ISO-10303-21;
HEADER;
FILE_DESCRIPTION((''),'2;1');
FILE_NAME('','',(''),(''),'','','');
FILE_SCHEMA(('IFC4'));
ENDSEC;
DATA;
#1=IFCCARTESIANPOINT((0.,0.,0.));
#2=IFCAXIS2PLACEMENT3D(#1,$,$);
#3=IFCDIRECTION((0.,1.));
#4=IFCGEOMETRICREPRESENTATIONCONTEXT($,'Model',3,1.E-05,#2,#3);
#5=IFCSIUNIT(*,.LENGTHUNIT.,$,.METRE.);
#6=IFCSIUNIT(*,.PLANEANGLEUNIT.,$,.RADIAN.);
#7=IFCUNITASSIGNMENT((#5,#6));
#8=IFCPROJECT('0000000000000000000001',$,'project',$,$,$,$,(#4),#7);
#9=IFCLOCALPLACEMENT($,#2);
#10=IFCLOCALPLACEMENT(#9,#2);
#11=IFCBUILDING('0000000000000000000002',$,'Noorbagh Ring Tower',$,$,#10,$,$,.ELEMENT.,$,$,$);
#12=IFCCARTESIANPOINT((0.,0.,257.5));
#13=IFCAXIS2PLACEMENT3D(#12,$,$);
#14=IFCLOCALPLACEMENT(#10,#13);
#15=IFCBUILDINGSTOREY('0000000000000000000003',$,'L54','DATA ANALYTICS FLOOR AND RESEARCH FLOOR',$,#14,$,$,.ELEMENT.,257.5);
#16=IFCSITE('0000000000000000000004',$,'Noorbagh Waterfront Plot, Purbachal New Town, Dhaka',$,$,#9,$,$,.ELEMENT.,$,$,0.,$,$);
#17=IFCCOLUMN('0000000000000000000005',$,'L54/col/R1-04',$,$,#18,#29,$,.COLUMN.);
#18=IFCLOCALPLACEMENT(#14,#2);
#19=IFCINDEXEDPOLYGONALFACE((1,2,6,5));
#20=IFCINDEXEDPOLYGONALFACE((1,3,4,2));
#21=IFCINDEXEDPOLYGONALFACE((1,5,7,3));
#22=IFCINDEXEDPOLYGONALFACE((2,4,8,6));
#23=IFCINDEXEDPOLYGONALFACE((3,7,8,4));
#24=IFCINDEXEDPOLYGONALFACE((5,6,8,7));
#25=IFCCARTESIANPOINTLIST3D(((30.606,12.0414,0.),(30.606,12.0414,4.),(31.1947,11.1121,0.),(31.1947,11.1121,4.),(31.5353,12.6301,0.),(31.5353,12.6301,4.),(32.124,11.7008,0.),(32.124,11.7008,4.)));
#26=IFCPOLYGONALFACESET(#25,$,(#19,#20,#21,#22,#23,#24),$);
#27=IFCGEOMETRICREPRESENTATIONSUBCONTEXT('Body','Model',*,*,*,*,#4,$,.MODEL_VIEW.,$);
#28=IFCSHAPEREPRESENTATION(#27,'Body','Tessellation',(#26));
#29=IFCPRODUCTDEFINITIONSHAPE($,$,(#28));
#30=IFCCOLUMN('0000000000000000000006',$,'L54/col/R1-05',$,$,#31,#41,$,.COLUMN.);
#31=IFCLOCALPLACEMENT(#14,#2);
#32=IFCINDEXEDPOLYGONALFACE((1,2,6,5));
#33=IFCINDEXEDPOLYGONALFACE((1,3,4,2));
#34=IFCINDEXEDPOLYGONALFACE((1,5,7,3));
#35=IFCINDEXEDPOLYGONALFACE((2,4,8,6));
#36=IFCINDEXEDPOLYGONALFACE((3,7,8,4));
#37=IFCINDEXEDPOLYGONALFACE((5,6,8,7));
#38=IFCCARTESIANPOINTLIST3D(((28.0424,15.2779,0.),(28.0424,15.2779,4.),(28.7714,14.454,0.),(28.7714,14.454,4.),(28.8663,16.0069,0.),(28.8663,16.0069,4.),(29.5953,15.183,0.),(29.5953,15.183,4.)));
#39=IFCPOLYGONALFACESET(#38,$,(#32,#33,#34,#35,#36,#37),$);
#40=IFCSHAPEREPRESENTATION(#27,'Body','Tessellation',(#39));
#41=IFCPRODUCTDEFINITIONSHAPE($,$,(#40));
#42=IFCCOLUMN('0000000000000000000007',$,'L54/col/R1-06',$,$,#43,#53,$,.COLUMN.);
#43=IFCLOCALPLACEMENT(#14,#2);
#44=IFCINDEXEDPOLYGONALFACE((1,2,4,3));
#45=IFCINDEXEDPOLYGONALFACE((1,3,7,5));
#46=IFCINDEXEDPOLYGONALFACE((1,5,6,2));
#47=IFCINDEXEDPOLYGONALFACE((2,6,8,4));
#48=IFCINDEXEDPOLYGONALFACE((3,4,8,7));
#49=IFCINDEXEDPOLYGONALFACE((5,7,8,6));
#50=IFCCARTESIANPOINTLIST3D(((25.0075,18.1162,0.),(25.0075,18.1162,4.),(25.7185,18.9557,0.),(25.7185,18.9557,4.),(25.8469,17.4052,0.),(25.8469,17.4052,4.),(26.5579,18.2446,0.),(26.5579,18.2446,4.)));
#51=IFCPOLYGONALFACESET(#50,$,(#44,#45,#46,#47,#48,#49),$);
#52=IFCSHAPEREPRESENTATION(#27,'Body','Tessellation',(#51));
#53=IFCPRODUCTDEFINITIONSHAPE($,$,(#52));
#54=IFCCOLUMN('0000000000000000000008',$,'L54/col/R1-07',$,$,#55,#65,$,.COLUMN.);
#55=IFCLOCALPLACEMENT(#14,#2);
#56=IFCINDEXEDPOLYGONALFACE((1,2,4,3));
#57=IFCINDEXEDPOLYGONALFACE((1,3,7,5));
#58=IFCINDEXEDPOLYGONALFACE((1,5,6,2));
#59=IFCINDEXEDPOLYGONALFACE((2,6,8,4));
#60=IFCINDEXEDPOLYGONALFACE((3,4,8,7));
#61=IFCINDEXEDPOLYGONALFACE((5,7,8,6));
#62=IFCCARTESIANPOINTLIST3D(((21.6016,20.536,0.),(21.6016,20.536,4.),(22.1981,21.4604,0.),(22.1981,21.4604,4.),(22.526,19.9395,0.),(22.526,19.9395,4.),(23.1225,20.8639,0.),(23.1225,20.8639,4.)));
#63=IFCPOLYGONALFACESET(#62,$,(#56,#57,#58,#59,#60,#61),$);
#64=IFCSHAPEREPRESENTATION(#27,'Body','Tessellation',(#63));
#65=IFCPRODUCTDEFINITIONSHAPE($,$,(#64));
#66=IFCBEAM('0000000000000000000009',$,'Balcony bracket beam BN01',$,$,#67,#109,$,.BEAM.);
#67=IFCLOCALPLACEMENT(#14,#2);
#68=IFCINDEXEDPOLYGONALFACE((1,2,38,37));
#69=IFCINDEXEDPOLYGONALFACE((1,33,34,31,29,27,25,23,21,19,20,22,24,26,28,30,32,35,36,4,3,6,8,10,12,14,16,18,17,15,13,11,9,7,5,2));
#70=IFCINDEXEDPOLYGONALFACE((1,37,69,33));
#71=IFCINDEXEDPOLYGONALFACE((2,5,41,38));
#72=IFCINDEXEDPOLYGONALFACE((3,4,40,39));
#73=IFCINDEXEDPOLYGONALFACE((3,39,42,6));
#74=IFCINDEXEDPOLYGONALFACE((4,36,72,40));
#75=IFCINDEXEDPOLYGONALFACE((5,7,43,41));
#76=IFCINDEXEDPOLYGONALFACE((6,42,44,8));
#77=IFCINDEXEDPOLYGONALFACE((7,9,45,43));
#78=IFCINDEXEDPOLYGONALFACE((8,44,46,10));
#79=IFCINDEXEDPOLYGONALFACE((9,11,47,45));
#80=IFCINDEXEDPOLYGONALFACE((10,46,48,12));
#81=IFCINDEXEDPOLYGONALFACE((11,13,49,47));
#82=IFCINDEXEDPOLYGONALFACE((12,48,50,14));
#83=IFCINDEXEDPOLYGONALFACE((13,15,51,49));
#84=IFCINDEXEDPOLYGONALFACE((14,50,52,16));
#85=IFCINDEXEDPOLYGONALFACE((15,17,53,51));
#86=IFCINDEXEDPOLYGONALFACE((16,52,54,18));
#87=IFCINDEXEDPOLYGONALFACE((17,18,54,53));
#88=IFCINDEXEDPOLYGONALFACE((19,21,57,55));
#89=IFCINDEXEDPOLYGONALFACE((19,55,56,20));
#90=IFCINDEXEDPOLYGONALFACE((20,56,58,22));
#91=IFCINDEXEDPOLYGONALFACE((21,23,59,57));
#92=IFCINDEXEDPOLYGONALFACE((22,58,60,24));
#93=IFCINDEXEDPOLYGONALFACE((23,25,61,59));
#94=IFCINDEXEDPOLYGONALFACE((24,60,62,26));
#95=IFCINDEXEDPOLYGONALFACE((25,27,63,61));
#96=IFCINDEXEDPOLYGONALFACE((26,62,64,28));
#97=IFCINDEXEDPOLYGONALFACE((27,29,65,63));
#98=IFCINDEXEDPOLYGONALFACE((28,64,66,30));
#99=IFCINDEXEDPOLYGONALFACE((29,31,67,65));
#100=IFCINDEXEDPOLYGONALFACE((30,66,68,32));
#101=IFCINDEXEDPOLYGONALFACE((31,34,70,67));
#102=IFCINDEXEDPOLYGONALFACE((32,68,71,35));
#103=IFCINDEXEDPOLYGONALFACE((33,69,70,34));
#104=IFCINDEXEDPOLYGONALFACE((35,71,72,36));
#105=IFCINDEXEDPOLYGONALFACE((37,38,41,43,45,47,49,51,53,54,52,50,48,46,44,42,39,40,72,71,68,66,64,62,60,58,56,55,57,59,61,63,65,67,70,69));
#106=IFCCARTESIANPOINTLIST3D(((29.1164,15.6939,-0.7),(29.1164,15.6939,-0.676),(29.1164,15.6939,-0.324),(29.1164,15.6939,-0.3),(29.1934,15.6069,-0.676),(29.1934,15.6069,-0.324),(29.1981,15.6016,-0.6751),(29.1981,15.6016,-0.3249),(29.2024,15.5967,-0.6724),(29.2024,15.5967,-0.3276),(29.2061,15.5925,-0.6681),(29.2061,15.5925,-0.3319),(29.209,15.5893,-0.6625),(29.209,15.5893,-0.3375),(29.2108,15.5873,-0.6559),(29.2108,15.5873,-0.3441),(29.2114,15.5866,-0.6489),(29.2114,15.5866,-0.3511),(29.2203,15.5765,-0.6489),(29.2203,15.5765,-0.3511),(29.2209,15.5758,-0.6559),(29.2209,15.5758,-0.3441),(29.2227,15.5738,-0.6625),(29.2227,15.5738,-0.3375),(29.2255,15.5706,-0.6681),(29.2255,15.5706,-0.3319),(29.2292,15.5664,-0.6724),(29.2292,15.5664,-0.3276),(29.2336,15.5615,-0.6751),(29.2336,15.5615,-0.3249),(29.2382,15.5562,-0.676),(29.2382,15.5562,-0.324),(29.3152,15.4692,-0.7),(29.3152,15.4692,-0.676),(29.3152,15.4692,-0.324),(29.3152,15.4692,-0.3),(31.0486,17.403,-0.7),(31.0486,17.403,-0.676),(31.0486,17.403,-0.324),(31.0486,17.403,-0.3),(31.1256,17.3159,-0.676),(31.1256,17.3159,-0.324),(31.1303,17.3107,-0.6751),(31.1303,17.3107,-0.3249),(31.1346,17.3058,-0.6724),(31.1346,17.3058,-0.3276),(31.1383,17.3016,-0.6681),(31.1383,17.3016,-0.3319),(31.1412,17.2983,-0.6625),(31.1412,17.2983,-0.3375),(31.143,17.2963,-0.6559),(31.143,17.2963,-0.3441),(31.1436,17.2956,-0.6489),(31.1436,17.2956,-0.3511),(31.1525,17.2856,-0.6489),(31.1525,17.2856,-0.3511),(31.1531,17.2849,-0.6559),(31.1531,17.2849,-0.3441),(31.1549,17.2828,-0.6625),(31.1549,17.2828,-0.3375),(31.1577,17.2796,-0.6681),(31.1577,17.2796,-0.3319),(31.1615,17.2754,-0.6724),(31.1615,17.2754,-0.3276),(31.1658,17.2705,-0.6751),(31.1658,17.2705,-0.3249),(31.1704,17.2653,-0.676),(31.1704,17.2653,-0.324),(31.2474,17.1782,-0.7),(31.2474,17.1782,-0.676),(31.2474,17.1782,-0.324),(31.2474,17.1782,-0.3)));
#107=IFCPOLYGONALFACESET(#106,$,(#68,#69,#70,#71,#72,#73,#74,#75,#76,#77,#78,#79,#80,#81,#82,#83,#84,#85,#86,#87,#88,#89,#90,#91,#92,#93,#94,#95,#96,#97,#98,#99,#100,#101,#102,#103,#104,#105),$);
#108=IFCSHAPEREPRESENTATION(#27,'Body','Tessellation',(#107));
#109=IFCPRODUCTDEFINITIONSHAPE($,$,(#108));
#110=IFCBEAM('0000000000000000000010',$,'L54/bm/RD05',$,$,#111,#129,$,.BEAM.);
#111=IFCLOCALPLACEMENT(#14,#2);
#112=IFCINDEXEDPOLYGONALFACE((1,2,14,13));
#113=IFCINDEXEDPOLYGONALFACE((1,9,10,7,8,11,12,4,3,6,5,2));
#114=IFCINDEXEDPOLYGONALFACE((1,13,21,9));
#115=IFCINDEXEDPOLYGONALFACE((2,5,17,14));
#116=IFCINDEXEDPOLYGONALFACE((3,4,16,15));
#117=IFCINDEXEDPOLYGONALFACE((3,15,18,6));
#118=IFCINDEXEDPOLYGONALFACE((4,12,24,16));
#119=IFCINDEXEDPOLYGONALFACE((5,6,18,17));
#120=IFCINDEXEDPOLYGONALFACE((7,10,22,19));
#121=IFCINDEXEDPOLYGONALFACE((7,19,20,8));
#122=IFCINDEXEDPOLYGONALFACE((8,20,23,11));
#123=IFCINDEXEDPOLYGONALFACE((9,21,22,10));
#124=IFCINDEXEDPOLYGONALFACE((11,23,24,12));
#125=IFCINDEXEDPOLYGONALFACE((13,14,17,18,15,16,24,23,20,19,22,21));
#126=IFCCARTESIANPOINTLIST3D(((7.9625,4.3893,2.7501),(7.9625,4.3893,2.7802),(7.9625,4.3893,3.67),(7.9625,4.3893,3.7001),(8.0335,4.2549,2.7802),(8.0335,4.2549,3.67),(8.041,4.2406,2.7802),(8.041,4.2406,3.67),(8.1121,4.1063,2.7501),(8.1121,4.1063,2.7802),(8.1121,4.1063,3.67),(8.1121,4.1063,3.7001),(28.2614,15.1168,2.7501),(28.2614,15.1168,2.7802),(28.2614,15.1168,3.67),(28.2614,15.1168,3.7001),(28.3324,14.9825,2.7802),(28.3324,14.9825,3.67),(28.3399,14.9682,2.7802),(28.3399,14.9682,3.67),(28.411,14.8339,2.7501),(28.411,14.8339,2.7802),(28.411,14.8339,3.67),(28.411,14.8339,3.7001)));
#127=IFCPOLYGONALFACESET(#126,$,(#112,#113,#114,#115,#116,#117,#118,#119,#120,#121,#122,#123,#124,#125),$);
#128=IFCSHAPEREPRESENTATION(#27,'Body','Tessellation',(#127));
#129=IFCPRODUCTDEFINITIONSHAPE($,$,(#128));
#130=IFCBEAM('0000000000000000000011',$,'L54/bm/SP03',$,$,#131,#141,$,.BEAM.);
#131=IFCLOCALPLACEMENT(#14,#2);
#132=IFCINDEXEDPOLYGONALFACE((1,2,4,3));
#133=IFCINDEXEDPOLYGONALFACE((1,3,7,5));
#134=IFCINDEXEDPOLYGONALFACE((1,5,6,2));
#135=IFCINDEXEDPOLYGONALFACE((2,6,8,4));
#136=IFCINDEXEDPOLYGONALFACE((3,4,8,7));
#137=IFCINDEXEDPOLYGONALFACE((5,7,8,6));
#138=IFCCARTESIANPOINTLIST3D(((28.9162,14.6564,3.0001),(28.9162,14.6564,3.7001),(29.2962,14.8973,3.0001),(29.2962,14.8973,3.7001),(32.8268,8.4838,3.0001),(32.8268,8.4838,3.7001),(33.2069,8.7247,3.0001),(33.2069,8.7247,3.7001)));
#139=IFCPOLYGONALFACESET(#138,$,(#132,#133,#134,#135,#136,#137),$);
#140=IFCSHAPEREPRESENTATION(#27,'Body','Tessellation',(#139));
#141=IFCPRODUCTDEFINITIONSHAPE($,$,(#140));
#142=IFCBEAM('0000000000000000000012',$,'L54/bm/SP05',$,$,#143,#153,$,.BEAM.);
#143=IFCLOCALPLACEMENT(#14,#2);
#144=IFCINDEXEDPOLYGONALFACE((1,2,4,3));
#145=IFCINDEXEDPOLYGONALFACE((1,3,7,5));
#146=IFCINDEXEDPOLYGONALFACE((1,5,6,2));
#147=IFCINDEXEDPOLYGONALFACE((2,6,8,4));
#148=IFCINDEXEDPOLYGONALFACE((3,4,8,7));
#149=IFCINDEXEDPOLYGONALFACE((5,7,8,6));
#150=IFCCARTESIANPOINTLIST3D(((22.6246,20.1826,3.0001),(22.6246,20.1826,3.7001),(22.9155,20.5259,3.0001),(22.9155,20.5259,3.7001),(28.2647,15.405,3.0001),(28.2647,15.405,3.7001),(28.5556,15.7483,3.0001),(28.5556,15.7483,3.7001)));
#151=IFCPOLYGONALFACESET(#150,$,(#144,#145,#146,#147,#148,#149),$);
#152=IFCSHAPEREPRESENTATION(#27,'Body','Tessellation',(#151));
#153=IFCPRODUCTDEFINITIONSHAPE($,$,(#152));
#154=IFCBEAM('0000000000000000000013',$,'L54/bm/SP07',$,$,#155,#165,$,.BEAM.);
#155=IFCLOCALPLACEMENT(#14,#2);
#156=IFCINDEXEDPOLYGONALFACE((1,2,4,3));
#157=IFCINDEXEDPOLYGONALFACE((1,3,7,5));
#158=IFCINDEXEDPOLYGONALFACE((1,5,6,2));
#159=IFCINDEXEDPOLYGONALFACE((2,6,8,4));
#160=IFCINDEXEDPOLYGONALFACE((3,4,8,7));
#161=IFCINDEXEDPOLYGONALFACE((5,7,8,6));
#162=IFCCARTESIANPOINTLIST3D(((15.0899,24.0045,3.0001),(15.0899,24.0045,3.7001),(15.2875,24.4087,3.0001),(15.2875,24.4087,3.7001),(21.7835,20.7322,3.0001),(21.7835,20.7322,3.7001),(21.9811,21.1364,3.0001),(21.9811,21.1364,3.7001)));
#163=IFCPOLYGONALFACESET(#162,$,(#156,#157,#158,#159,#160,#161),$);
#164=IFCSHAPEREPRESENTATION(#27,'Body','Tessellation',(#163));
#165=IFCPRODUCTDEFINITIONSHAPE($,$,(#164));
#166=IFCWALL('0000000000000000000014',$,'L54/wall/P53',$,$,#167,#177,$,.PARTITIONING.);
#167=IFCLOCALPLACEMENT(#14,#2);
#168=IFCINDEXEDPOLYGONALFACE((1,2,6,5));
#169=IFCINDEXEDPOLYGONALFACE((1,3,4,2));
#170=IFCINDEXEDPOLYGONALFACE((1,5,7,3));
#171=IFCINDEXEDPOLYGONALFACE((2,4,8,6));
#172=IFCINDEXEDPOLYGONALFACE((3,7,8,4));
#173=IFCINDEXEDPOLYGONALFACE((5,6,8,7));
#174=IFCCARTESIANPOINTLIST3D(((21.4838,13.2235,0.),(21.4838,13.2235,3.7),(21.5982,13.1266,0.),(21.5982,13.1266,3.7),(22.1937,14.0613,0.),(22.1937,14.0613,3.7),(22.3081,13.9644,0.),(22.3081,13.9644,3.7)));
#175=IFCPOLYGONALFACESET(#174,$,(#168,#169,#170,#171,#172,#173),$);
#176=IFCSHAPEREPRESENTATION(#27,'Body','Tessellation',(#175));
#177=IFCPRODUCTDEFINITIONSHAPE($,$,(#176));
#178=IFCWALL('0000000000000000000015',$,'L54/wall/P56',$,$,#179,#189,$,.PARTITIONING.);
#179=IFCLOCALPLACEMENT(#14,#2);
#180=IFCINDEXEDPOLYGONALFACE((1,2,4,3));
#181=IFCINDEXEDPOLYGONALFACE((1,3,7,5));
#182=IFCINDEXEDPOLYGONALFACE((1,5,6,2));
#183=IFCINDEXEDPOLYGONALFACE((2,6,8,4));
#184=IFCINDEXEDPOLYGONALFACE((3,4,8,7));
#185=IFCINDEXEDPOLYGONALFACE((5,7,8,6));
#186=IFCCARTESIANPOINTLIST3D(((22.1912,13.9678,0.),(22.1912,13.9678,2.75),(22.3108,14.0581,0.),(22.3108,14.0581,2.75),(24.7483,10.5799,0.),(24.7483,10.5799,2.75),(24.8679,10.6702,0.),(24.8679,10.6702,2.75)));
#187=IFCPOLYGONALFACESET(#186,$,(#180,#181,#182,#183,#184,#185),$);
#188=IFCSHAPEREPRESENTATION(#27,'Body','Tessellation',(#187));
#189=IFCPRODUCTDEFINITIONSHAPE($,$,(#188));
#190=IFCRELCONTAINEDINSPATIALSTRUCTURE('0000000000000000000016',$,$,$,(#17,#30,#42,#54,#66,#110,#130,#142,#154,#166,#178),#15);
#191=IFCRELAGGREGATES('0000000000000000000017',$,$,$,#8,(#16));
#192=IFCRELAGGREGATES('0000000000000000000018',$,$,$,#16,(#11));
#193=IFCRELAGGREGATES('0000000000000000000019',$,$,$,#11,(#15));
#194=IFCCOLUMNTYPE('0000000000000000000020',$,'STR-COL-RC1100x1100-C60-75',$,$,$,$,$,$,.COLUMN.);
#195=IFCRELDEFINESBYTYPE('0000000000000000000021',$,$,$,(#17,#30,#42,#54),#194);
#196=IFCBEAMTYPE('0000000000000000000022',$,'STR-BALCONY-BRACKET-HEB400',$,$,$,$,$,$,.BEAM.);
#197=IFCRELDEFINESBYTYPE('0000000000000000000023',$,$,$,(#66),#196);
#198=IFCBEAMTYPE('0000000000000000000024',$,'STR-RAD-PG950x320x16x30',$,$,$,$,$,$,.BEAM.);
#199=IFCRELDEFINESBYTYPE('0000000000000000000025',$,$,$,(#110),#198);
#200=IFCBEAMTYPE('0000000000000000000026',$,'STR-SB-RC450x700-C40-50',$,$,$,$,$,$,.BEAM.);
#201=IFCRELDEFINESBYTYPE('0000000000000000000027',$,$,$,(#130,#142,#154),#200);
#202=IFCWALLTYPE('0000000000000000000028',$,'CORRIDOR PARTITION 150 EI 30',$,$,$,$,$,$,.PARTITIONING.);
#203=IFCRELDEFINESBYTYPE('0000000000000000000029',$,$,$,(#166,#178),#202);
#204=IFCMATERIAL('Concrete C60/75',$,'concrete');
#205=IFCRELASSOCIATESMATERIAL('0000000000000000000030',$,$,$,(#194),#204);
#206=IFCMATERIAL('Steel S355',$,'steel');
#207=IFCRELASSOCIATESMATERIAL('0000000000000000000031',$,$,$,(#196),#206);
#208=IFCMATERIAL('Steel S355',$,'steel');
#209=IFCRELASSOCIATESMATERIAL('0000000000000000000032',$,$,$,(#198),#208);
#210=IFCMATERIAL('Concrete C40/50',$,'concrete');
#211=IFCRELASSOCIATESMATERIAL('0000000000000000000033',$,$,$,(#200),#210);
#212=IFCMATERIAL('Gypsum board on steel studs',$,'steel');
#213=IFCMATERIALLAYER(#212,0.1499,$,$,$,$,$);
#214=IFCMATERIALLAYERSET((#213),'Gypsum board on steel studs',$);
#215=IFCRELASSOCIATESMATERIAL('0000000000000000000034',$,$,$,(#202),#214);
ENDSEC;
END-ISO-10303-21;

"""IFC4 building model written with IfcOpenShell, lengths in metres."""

from ifc_helpers import new_model, si_unit, direction, frame, frame_2d, origin, origin_2d, place, context, subcontext, project, spatial, rectangle, i_section, extrude, material, layer, layer_set, material_profile, profile_set, type_object, element, save


model = new_model("IFC4")

# Units and contexts
model_context = context("Model", 3, precision=1e-05, world=origin(), true_north=direction((0.0, 1.0)))
body_context = subcontext(model_context, "Body", "Model", "MODEL_VIEW")
ifc_project = project(units=[si_unit("LENGTHUNIT", "METRE"), si_unit("PLANEANGLEUNIT", "RADIAN")], contexts=[model_context])

# Site, building, storey
site_placement = place(None, origin())
site = spatial("IfcSite", under=ifc_project, at=site_placement, Name="Noorbagh Waterfront Plot, Purbachal New Town, Dhaka", CompositionType="ELEMENT", RefElevation=0.0)
building_placement = place(site_placement, origin())
building = spatial("IfcBuilding", under=site, at=building_placement, Name="Noorbagh Ring Tower", CompositionType="ELEMENT")
storey_placement = place(building_placement, frame((0.0, 0.0, 257.5)))
storey = spatial("IfcBuildingStorey", under=building, at=storey_placement, Name="L54", Description="DATA ANALYTICS FLOOR AND RESEARCH FLOOR", CompositionType="ELEMENT", Elevation=257.5)

# Columns
ifc_material_1 = material(Name="Concrete C60/75", Category="concrete")
ifc_material_profile_1 = material_profile(ifc_material_1, rectangle(XDim=1.1001, YDim=1.1001, at=origin_2d()), Name="RC1100x1100")
ifc_profile_set_1 = profile_set([ifc_material_profile_1], Name="Concrete C60/75")
column_type = type_object("IfcColumnType", Name="STR-COL-RC1100x1100-C60-75", PredefinedType="COLUMN", material=ifc_profile_set_1)
for number, where, z_axis, x_axis, name in (
    (1, (31.365, 11.8711, 0.0), (0.0, 0.0, 1.0), (-0.53519, 0.844731, 0.0), "L54/col/R1-04"),
    (2, (28.8188, 15.2305, 0.0), (0.0, 0.0, 1.0), (-0.662636, 0.748942, 0.0), "L54/col/R1-05"),
    (3, (25.7827, 18.1804, 0.0), (0.0, 0.0, 1.0), (-0.763035, 0.646357, 0.0), "L54/col/R1-06"),
    (4, (22.3621, 20.7, 0.0), (0.0, 0.0, 1.0), (-0.840248, 0.542203, 0.0), "L54/col/R1-07"),
):
    element("IfcColumn", number, at=place(storey_placement, frame(where, z_axis=z_axis, x_axis=x_axis)), inside=storey, type_object=column_type, Name=name, PredefinedType="COLUMN", context=body_context, shape_type="SweptSolid", body=[
        extrude(rectangle(XDim=1.1001, YDim=1.1001, at=origin_2d()), origin(), (0.0, 0.0, 1.0), 4.0),
    ])

# Beams
ifc_material_2 = material(Name="Steel S355", Category="steel")
ifc_material_profile_2 = material_profile(ifc_material_2, i_section(OverallWidth=0.3, OverallDepth=0.3999, WebThickness=0.0134, FlangeThickness=0.0239, FilletRadius=0.0271, at=origin_2d()), Name="HEB400")
ifc_profile_set_2 = profile_set([ifc_material_profile_2], Name="Steel S355")
beam_type_1 = type_object("IfcBeamType", Name="STR-BALCONY-BRACKET-HEB400", PredefinedType="BEAM", material=ifc_profile_set_2)
beam_1_placement = place(storey_placement, frame((29.2158, 15.5815, -0.5), z_axis=(0.749036, 0.662529, 0.0), x_axis=(-0.662529, 0.749036, 0.0)))
element("IfcBeam", 5, at=beam_1_placement, inside=storey, type_object=beam_type_1, Name="Balcony bracket beam BN01", PredefinedType="BEAM", context=body_context, shape_type="SweptSolid", body=[
    extrude(i_section(OverallWidth=0.3, OverallDepth=0.3999, WebThickness=0.0134, FlangeThickness=0.0239, FilletRadius=0.0271, at=origin_2d()), origin(), (0.0, 0.0, 1.0), 2.5796),
])
ifc_material_3 = material(Name="Steel S355", Category="steel")
ifc_material_profile_3 = material_profile(ifc_material_3, i_section(OverallWidth=0.3201, OverallDepth=0.95, WebThickness=0.0161, FlangeThickness=0.03, at=origin_2d()), Name="PG950x320x16x30")
ifc_profile_set_3 = profile_set([ifc_material_profile_3], Name="Steel S355")
beam_type_2 = type_object("IfcBeamType", Name="STR-RAD-PG950x320x16x30", PredefinedType="BEAM", material=ifc_profile_set_3)
beam_2_placement = place(storey_placement, frame((28.3362, 14.9753, 3.2251), z_axis=(-0.884128, -0.467245, 0.0), x_axis=(0.467245, -0.884128, 0.0)))
element("IfcBeam", 6, at=beam_2_placement, inside=storey, type_object=beam_type_2, Name="L54/bm/RD05", PredefinedType="BEAM", context=body_context, shape_type="SweptSolid", body=[
    extrude(i_section(OverallWidth=0.3201, OverallDepth=0.95, WebThickness=0.0161, FlangeThickness=0.03, at=origin_2d()), origin(), (0.0, 0.0, 1.0), 22.9592),
])
ifc_material_4 = material(Name="Concrete C40/50", Category="concrete")
ifc_material_profile_4 = material_profile(ifc_material_4, rectangle(XDim=0.45, YDim=0.7, at=origin_2d()), Name="RC450x700")
ifc_profile_set_4 = profile_set([ifc_material_profile_4], Name="Concrete C40/50")
beam_type_3 = type_object("IfcBeamType", Name="STR-SB-RC450x700-C40-50", PredefinedType="BEAM", material=ifc_profile_set_4)
beam_3_placement = place(storey_placement, frame((33.0168, 8.6042, 3.3501), z_axis=(-0.535182, 0.844737, 0.0), x_axis=(-0.844737, -0.535182, 0.0)))
element("IfcBeam", 7, at=beam_3_placement, inside=storey, type_object=beam_type_3, Name="L54/bm/SP03", PredefinedType="BEAM", context=body_context, shape_type="SweptSolid", body=[
    extrude(rectangle(XDim=0.45, YDim=0.7, at=origin_2d()), origin(), (0.0, 0.0, 1.0), 7.3071),
])
beam_4_placement = place(storey_placement, frame((28.4102, 15.5767, 3.3501), z_axis=(-0.763042, 0.646349, 0.0), x_axis=(-0.646349, -0.763042, 0.0)))
element("IfcBeam", 8, at=beam_4_placement, inside=storey, type_object=beam_type_3, Name="L54/bm/SP05", PredefinedType="BEAM", context=body_context, shape_type="SweptSolid", body=[
    extrude(rectangle(XDim=0.45, YDim=0.7, at=origin_2d()), origin(), (0.0, 0.0, 1.0), 7.3916),
])
beam_5_placement = place(storey_placement, frame((21.8823, 20.9343, 3.3501), z_axis=(-0.898396, 0.439187, 0.0), x_axis=(-0.439187, -0.898396, 0.0)))
element("IfcBeam", 9, at=beam_5_placement, inside=storey, type_object=beam_type_3, Name="L54/bm/SP07", PredefinedType="BEAM", context=body_context, shape_type="SweptSolid", body=[
    extrude(rectangle(XDim=0.45, YDim=0.7, at=origin_2d()), origin(), (0.0, 0.0, 1.0), 7.4507),
])

# Walls
ifc_material_5 = material(Name="Gypsum board on steel studs", Category="steel")
ifc_layer_1 = layer(ifc_material_5, 0.1499)
ifc_layer_set_1 = layer_set([ifc_layer_1], Name="Gypsum board on steel studs")
wall_type_1 = type_object("IfcWallType", Name="CORRIDOR PARTITION 150 EI 30", PredefinedType="PARTITIONING", material=ifc_layer_set_1)
wall_1_placement = place(storey_placement, frame((21.541, 13.175, 0.0), z_axis=(0.0, 0.0, 1.0), x_axis=(0.64646, 0.762948, 0.0)))
element("IfcWall", 10, at=wall_1_placement, inside=storey, type_object=wall_type_1, Name="L54/wall/P53", PredefinedType="PARTITIONING", context=body_context, shape_type="SweptSolid", body=[
    extrude(rectangle(XDim=1.0981, YDim=0.1499, at=frame_2d((0.5491, 0.0))), origin(), (0.0, 0.0, 1.0), 3.7),
])
wall_2_placement = place(storey_placement, frame((22.251, 14.0129, 0.0), z_axis=(0.0, 0.0, 1.0), x_axis=(0.602436, -0.798167, 0.0)))
element("IfcWall", 11, at=wall_2_placement, inside=storey, type_object=wall_type_1, Name="L54/wall/P56", PredefinedType="PARTITIONING", context=body_context, shape_type="SweptSolid", body=[
    extrude(rectangle(XDim=4.2446, YDim=0.1499, at=frame_2d((2.1223, 0.0))), origin(), (0.0, 0.0, 1.0), 2.75),
])

save(model, "model.ifc")
